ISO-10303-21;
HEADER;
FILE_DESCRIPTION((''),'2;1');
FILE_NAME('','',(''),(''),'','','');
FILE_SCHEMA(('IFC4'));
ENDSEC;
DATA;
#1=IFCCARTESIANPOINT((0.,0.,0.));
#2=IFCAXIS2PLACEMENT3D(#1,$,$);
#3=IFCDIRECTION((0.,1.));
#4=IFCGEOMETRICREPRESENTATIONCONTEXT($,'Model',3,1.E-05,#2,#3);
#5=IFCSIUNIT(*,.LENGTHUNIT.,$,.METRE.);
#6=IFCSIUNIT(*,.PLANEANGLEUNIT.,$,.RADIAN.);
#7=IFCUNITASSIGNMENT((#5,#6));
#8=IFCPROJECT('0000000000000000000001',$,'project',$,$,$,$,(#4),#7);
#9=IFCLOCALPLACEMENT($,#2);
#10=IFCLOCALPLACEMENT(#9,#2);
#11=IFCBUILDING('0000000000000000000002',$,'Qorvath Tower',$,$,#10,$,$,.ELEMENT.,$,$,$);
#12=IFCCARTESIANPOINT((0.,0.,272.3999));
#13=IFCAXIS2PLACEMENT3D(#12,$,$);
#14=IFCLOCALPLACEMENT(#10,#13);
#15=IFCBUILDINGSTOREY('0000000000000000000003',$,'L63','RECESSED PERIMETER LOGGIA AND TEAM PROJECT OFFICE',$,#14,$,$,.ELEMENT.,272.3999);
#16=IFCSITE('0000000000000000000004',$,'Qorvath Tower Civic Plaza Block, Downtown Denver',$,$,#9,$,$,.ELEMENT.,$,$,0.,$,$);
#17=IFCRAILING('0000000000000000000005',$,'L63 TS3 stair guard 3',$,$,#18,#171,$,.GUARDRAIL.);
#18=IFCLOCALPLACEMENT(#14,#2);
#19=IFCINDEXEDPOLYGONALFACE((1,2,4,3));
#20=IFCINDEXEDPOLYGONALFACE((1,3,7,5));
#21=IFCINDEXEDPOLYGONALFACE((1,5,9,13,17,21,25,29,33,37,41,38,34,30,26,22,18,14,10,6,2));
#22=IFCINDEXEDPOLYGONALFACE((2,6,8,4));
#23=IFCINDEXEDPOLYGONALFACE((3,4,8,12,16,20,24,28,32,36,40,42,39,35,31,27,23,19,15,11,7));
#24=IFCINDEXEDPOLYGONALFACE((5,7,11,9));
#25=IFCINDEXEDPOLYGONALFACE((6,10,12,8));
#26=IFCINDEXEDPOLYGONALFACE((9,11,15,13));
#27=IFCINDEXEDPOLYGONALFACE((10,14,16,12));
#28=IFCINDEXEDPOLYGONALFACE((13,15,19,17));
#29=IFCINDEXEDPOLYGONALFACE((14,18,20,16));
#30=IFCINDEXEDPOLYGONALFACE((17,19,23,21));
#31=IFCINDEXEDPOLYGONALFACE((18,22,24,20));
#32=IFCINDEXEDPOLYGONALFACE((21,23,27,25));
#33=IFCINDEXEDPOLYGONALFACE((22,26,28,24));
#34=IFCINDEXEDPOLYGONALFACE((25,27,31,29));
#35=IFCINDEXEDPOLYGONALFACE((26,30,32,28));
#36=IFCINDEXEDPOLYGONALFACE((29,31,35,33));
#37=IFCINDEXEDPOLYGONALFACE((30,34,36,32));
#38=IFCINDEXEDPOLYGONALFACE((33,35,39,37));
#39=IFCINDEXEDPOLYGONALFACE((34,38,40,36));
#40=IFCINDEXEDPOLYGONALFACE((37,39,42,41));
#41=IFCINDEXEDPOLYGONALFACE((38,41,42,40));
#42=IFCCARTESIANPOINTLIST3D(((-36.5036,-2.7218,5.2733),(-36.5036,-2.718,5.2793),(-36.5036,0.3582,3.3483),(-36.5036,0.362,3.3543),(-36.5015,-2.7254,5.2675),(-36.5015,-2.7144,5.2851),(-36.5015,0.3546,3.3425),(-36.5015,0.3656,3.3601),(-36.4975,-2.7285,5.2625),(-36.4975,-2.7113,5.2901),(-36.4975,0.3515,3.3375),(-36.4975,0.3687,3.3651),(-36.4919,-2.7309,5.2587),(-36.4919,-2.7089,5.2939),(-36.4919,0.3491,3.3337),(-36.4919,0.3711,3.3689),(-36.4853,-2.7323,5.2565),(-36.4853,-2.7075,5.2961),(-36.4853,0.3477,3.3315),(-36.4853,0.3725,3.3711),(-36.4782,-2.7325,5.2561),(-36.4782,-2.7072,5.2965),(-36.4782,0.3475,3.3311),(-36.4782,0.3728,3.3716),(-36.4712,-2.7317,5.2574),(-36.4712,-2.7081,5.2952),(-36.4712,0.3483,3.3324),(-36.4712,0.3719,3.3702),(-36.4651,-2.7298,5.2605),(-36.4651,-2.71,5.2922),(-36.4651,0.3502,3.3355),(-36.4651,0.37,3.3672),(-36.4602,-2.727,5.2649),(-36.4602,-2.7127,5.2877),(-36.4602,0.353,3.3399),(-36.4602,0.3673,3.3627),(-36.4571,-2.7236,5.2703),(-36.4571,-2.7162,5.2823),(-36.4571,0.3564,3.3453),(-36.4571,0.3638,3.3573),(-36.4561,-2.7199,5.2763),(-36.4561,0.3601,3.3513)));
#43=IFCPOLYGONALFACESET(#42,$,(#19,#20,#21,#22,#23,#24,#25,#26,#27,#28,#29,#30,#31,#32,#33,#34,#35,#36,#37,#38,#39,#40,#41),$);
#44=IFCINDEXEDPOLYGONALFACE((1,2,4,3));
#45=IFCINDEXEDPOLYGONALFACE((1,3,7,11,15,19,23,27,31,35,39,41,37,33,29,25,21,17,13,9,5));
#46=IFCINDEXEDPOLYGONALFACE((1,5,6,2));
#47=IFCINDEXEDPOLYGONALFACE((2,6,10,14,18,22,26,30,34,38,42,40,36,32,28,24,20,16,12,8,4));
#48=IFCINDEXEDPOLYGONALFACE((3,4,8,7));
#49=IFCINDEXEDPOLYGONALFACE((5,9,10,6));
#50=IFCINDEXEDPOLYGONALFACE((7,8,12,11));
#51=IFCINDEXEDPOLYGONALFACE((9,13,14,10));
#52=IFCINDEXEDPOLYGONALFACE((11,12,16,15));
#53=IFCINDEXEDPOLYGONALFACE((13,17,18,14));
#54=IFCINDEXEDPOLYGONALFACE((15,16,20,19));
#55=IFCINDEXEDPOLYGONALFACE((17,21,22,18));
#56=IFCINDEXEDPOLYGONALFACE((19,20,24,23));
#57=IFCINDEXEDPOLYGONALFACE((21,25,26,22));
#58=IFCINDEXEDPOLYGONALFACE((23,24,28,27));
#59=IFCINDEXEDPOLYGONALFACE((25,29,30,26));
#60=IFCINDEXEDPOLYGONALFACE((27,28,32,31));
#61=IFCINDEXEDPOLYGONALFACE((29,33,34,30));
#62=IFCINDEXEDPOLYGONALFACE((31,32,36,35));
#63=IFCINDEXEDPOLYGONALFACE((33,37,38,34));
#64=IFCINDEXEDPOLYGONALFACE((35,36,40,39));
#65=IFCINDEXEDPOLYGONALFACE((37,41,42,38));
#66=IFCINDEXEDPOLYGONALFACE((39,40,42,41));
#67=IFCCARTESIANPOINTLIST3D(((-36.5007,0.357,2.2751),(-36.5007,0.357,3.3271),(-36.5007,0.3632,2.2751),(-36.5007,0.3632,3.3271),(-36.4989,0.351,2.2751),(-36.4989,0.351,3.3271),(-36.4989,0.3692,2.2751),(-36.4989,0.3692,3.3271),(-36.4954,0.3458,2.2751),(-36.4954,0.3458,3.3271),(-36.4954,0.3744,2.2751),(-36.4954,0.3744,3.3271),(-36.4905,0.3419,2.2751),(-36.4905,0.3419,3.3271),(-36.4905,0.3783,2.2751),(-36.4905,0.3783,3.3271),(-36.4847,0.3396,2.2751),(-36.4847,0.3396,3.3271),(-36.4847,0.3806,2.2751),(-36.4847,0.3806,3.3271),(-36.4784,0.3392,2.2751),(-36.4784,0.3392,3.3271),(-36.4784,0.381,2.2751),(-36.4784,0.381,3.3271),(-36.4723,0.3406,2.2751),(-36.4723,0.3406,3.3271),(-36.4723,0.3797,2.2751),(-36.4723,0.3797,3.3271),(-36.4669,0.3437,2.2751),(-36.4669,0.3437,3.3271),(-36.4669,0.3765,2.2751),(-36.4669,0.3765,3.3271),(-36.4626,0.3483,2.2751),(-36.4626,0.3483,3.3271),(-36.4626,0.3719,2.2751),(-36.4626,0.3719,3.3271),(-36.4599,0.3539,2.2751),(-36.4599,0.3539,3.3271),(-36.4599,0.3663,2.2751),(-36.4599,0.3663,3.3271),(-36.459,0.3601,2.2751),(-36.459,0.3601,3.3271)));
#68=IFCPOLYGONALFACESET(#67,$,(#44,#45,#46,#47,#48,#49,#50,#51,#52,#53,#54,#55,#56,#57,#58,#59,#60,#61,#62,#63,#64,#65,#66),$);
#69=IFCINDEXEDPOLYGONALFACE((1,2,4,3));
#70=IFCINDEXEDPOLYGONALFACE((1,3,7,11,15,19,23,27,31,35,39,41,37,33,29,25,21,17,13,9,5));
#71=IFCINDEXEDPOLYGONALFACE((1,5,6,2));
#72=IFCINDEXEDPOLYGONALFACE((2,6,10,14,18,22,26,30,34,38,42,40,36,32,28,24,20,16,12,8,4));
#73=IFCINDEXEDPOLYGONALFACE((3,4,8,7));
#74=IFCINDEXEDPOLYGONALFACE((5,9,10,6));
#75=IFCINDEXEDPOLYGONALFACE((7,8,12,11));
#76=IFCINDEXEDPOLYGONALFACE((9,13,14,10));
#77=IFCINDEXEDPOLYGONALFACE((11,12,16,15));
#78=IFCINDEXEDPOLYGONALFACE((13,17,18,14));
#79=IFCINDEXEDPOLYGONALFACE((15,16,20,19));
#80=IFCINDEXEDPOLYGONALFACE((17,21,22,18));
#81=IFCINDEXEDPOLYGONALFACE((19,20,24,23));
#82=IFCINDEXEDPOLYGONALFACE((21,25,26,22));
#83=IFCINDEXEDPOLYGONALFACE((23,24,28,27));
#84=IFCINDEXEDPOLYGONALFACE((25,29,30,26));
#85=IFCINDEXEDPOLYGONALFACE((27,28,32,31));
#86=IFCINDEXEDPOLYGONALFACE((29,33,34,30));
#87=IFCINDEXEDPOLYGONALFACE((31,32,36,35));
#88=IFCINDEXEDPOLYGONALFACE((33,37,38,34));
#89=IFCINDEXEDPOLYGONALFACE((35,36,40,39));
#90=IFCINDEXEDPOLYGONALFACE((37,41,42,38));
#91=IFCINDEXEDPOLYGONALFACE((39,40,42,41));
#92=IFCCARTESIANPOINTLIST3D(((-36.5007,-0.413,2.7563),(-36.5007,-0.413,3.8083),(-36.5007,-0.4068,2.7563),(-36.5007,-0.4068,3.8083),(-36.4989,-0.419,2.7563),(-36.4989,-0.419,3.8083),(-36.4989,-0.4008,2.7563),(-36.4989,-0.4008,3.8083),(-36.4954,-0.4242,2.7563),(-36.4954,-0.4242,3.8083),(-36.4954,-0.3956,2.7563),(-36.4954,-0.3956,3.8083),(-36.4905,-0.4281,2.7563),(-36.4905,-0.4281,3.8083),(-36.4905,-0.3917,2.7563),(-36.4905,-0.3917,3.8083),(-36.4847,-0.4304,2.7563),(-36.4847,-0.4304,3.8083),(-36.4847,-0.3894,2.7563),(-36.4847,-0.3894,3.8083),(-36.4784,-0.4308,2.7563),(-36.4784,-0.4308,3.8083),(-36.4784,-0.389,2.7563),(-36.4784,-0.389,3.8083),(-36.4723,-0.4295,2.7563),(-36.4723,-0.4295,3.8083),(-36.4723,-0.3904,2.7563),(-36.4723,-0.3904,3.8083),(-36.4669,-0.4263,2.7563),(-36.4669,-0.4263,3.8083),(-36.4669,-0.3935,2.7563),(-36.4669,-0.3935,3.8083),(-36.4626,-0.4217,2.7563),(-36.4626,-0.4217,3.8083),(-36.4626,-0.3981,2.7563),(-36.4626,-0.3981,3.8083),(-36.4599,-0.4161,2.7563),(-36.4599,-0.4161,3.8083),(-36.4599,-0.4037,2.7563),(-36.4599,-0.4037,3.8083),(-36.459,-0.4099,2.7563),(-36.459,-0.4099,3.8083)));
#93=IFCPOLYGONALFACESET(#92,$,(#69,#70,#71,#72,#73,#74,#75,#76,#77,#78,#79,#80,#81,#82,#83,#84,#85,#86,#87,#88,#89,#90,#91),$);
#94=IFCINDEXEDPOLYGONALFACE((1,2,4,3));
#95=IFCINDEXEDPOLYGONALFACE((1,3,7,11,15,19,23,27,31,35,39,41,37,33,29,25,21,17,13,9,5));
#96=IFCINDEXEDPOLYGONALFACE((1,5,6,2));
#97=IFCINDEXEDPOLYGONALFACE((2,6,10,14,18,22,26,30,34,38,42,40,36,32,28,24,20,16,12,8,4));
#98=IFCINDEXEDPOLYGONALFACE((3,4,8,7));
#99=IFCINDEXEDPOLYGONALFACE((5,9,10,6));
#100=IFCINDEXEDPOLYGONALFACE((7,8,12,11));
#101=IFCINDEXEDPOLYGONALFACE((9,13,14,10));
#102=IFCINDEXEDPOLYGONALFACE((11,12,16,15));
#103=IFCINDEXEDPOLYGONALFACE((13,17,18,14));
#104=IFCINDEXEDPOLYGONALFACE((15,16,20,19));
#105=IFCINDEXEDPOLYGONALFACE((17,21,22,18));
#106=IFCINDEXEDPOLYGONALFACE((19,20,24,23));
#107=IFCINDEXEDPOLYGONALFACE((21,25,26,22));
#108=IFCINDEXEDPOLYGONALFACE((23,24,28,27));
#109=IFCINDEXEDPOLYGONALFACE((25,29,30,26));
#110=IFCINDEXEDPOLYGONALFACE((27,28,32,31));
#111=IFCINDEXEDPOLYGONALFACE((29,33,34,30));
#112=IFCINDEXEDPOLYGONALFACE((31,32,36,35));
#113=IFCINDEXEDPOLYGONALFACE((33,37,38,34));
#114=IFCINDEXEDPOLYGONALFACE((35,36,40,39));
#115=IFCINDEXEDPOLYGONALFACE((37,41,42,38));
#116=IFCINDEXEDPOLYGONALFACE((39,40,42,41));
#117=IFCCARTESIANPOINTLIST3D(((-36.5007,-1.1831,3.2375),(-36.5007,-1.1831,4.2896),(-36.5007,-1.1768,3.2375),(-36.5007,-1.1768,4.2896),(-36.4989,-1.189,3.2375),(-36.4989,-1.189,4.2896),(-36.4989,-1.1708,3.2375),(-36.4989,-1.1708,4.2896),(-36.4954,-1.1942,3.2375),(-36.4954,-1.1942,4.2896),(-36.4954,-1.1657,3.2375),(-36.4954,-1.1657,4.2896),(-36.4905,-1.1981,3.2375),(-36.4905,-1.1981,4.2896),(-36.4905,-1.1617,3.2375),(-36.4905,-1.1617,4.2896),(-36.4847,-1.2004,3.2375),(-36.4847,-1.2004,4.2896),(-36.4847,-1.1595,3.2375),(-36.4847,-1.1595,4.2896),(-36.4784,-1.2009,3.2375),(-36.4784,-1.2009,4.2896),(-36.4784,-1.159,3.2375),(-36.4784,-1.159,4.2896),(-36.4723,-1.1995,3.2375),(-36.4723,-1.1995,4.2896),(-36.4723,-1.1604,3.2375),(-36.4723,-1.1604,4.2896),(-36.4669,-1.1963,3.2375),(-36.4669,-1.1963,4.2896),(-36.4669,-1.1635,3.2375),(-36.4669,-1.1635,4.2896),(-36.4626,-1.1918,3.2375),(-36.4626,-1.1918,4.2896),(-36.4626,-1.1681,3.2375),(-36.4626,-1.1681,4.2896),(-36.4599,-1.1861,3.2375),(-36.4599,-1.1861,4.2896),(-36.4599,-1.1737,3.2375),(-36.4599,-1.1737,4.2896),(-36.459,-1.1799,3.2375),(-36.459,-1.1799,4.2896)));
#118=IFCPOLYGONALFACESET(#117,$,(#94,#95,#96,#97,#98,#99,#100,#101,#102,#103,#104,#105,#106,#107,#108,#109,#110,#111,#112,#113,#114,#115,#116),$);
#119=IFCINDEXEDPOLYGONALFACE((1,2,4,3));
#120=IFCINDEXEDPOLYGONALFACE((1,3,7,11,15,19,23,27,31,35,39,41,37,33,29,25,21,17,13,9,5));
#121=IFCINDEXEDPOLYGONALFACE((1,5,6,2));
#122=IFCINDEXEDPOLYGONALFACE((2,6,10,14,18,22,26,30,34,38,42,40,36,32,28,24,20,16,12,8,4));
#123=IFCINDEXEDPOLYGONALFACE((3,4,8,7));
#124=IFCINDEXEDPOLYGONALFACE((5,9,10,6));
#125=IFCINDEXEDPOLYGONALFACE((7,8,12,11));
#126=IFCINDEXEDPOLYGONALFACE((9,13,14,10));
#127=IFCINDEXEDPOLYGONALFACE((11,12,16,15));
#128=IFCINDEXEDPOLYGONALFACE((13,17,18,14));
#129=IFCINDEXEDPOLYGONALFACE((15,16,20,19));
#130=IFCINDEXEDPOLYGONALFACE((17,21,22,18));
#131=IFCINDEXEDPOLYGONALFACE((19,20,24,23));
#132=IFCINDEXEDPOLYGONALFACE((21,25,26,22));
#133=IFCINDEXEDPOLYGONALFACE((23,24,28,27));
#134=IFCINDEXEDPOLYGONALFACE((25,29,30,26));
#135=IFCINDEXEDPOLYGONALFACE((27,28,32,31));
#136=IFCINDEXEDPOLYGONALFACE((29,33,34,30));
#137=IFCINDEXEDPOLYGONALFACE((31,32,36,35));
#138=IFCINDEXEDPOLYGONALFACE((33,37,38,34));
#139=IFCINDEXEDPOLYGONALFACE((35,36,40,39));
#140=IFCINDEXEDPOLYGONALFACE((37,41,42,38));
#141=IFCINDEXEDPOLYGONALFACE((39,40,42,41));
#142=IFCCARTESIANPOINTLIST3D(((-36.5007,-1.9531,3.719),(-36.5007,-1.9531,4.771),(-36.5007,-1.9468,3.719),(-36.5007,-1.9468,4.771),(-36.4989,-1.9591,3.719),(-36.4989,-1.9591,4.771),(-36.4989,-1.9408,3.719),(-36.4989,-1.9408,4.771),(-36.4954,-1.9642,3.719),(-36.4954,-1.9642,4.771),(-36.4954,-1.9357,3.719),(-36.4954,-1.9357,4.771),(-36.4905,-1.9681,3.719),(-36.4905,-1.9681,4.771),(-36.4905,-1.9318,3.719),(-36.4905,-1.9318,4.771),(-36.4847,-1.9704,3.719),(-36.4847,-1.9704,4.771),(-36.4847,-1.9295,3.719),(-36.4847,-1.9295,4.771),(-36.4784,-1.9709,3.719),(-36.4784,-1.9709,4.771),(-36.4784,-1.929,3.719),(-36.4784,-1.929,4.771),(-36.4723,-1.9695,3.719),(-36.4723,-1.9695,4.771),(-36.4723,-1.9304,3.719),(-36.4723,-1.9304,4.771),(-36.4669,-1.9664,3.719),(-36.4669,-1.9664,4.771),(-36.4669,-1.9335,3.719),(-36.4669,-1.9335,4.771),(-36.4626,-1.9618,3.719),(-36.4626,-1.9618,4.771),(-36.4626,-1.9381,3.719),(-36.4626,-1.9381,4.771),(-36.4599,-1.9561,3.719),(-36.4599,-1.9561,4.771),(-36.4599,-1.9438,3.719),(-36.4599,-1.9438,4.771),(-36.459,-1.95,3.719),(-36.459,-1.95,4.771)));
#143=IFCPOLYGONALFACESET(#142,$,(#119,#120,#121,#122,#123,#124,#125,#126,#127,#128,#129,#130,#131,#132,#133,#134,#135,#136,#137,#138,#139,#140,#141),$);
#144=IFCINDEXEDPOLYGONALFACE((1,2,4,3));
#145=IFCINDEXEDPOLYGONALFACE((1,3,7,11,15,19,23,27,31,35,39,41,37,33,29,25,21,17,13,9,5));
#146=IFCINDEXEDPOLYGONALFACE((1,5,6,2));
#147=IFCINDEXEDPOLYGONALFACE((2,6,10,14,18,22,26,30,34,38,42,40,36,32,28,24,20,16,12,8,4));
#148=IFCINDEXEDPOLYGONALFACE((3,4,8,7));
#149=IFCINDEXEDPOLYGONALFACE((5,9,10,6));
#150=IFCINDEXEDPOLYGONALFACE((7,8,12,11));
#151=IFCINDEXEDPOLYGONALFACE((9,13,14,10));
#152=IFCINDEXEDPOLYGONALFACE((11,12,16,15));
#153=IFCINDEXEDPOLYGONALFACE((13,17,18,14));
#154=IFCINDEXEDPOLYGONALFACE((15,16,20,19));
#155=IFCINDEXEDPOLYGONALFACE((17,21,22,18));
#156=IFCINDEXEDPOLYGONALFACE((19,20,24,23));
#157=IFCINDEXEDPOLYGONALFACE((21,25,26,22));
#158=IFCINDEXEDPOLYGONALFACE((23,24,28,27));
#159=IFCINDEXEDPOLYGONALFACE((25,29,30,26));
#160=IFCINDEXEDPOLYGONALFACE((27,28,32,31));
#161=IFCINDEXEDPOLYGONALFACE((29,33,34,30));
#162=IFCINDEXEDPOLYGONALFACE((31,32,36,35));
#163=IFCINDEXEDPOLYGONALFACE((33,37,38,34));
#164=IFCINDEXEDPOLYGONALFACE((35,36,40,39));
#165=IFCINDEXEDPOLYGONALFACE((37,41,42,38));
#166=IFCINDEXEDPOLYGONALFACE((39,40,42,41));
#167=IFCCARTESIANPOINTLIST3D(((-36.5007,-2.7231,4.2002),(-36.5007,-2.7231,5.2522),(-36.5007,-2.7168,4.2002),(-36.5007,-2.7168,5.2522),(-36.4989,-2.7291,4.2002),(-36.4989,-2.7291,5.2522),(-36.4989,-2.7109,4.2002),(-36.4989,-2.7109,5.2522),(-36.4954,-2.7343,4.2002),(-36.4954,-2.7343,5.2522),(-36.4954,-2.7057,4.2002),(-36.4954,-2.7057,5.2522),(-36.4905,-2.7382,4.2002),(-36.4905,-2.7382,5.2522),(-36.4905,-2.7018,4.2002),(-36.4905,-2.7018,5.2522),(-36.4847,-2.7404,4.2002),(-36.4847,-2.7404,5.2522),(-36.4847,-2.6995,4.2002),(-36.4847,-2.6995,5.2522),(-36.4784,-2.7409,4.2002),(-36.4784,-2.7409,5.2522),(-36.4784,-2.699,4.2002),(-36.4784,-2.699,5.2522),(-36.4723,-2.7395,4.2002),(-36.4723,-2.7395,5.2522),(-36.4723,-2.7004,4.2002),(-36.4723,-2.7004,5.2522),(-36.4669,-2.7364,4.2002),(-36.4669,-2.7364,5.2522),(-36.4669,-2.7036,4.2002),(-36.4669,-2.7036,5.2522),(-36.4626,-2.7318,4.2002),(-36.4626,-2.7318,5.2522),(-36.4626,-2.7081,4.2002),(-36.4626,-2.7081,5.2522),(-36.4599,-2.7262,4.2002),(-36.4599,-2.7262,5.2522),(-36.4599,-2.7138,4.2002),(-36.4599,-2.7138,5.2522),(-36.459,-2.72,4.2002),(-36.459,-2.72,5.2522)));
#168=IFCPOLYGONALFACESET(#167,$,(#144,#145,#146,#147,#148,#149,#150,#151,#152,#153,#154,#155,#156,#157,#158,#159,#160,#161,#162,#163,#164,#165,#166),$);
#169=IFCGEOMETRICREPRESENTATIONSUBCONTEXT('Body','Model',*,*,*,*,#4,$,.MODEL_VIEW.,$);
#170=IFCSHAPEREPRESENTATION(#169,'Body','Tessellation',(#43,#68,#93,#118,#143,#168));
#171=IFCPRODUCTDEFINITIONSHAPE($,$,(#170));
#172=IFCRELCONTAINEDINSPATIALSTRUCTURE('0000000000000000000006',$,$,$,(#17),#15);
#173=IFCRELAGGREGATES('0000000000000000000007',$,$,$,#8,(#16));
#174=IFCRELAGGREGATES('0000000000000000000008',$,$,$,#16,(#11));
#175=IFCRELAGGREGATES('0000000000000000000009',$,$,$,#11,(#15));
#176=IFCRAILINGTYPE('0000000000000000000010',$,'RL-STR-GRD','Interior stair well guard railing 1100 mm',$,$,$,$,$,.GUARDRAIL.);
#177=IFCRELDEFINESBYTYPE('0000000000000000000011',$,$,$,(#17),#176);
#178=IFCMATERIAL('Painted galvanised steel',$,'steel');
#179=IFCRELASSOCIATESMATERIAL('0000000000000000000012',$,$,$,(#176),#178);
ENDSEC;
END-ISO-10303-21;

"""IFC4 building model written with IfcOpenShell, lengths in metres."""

from ifc_helpers import new_model, si_unit, direction, frame, origin, origin_2d, place, context, subcontext, project, spatial, circle, extrude, material, type_object, element, save


model = new_model("IFC4")

# Units and contexts
model_context = context("Model", 3, precision=1e-05, world=origin(), true_north=direction((0.0, 1.0)))
body_context = subcontext(model_context, "Body", "Model", "MODEL_VIEW")
ifc_project = project(units=[si_unit("LENGTHUNIT", "METRE"), si_unit("PLANEANGLEUNIT", "RADIAN")], contexts=[model_context])

# Site, building, storey
site_placement = place(None, origin())
site = spatial("IfcSite", under=ifc_project, at=site_placement, Name="Qorvath Tower Civic Plaza Block, Downtown Denver", CompositionType="ELEMENT", RefElevation=0.0)
building_placement = place(site_placement, origin())
building = spatial("IfcBuilding", under=site, at=building_placement, Name="Qorvath Tower", CompositionType="ELEMENT")
storey_placement = place(building_placement, frame((0.0, 0.0, 272.3999)))
storey = spatial("IfcBuildingStorey", under=building, at=storey_placement, Name="L63", Description="RECESSED PERIMETER LOGGIA AND TEAM PROJECT OFFICE", CompositionType="ELEMENT", Elevation=272.3999)

# Railing
ifc_material_1 = material(Name="Painted galvanised steel", Category="steel")
railing_type_1 = type_object("IfcRailingType", Name="RL-STR-GRD", Description="Interior stair well guard railing 1100 mm", PredefinedType="GUARDRAIL", material=ifc_material_1)
railing_1_placement = place(storey_placement, frame((-36.48, 0.3601, 2.2751)))
element("IfcRailing", 1, at=railing_1_placement, inside=storey, type_object=railing_type_1, Name="L63 TS3 stair guard 3", PredefinedType="GUARDRAIL", context=body_context, shape_type="SweptSolid", body=[
    extrude(circle(Radius=0.0239, at=origin_2d()), frame((0.0, 0.0, 1.0762), z_axis=(0.0, -0.847998, 0.529999), x_axis=(1.0, 0.0, 0.0)), (0.0, 0.0, 1.0), 3.6321),
    extrude(circle(Radius=0.021, at=origin_2d()), origin(), (0.0, 0.0, 1.0), 1.052),
    extrude(circle(Radius=0.021, at=origin_2d()), frame((0.0, -0.77, 0.4812)), (0.0, 0.0, 1.0), 1.052),
    extrude(circle(Radius=0.021, at=origin_2d()), frame((0.0, -1.54, 0.9624)), (0.0, 0.0, 1.0), 1.052),
    extrude(circle(Radius=0.021, at=origin_2d()), frame((0.0, -2.3101, 1.4438)), (0.0, 0.0, 1.0), 1.052),
    extrude(circle(Radius=0.021, at=origin_2d()), frame((0.0, -3.0801, 1.925)), (0.0, 0.0, 1.0), 1.052),
])

save(model, "model.ifc")
